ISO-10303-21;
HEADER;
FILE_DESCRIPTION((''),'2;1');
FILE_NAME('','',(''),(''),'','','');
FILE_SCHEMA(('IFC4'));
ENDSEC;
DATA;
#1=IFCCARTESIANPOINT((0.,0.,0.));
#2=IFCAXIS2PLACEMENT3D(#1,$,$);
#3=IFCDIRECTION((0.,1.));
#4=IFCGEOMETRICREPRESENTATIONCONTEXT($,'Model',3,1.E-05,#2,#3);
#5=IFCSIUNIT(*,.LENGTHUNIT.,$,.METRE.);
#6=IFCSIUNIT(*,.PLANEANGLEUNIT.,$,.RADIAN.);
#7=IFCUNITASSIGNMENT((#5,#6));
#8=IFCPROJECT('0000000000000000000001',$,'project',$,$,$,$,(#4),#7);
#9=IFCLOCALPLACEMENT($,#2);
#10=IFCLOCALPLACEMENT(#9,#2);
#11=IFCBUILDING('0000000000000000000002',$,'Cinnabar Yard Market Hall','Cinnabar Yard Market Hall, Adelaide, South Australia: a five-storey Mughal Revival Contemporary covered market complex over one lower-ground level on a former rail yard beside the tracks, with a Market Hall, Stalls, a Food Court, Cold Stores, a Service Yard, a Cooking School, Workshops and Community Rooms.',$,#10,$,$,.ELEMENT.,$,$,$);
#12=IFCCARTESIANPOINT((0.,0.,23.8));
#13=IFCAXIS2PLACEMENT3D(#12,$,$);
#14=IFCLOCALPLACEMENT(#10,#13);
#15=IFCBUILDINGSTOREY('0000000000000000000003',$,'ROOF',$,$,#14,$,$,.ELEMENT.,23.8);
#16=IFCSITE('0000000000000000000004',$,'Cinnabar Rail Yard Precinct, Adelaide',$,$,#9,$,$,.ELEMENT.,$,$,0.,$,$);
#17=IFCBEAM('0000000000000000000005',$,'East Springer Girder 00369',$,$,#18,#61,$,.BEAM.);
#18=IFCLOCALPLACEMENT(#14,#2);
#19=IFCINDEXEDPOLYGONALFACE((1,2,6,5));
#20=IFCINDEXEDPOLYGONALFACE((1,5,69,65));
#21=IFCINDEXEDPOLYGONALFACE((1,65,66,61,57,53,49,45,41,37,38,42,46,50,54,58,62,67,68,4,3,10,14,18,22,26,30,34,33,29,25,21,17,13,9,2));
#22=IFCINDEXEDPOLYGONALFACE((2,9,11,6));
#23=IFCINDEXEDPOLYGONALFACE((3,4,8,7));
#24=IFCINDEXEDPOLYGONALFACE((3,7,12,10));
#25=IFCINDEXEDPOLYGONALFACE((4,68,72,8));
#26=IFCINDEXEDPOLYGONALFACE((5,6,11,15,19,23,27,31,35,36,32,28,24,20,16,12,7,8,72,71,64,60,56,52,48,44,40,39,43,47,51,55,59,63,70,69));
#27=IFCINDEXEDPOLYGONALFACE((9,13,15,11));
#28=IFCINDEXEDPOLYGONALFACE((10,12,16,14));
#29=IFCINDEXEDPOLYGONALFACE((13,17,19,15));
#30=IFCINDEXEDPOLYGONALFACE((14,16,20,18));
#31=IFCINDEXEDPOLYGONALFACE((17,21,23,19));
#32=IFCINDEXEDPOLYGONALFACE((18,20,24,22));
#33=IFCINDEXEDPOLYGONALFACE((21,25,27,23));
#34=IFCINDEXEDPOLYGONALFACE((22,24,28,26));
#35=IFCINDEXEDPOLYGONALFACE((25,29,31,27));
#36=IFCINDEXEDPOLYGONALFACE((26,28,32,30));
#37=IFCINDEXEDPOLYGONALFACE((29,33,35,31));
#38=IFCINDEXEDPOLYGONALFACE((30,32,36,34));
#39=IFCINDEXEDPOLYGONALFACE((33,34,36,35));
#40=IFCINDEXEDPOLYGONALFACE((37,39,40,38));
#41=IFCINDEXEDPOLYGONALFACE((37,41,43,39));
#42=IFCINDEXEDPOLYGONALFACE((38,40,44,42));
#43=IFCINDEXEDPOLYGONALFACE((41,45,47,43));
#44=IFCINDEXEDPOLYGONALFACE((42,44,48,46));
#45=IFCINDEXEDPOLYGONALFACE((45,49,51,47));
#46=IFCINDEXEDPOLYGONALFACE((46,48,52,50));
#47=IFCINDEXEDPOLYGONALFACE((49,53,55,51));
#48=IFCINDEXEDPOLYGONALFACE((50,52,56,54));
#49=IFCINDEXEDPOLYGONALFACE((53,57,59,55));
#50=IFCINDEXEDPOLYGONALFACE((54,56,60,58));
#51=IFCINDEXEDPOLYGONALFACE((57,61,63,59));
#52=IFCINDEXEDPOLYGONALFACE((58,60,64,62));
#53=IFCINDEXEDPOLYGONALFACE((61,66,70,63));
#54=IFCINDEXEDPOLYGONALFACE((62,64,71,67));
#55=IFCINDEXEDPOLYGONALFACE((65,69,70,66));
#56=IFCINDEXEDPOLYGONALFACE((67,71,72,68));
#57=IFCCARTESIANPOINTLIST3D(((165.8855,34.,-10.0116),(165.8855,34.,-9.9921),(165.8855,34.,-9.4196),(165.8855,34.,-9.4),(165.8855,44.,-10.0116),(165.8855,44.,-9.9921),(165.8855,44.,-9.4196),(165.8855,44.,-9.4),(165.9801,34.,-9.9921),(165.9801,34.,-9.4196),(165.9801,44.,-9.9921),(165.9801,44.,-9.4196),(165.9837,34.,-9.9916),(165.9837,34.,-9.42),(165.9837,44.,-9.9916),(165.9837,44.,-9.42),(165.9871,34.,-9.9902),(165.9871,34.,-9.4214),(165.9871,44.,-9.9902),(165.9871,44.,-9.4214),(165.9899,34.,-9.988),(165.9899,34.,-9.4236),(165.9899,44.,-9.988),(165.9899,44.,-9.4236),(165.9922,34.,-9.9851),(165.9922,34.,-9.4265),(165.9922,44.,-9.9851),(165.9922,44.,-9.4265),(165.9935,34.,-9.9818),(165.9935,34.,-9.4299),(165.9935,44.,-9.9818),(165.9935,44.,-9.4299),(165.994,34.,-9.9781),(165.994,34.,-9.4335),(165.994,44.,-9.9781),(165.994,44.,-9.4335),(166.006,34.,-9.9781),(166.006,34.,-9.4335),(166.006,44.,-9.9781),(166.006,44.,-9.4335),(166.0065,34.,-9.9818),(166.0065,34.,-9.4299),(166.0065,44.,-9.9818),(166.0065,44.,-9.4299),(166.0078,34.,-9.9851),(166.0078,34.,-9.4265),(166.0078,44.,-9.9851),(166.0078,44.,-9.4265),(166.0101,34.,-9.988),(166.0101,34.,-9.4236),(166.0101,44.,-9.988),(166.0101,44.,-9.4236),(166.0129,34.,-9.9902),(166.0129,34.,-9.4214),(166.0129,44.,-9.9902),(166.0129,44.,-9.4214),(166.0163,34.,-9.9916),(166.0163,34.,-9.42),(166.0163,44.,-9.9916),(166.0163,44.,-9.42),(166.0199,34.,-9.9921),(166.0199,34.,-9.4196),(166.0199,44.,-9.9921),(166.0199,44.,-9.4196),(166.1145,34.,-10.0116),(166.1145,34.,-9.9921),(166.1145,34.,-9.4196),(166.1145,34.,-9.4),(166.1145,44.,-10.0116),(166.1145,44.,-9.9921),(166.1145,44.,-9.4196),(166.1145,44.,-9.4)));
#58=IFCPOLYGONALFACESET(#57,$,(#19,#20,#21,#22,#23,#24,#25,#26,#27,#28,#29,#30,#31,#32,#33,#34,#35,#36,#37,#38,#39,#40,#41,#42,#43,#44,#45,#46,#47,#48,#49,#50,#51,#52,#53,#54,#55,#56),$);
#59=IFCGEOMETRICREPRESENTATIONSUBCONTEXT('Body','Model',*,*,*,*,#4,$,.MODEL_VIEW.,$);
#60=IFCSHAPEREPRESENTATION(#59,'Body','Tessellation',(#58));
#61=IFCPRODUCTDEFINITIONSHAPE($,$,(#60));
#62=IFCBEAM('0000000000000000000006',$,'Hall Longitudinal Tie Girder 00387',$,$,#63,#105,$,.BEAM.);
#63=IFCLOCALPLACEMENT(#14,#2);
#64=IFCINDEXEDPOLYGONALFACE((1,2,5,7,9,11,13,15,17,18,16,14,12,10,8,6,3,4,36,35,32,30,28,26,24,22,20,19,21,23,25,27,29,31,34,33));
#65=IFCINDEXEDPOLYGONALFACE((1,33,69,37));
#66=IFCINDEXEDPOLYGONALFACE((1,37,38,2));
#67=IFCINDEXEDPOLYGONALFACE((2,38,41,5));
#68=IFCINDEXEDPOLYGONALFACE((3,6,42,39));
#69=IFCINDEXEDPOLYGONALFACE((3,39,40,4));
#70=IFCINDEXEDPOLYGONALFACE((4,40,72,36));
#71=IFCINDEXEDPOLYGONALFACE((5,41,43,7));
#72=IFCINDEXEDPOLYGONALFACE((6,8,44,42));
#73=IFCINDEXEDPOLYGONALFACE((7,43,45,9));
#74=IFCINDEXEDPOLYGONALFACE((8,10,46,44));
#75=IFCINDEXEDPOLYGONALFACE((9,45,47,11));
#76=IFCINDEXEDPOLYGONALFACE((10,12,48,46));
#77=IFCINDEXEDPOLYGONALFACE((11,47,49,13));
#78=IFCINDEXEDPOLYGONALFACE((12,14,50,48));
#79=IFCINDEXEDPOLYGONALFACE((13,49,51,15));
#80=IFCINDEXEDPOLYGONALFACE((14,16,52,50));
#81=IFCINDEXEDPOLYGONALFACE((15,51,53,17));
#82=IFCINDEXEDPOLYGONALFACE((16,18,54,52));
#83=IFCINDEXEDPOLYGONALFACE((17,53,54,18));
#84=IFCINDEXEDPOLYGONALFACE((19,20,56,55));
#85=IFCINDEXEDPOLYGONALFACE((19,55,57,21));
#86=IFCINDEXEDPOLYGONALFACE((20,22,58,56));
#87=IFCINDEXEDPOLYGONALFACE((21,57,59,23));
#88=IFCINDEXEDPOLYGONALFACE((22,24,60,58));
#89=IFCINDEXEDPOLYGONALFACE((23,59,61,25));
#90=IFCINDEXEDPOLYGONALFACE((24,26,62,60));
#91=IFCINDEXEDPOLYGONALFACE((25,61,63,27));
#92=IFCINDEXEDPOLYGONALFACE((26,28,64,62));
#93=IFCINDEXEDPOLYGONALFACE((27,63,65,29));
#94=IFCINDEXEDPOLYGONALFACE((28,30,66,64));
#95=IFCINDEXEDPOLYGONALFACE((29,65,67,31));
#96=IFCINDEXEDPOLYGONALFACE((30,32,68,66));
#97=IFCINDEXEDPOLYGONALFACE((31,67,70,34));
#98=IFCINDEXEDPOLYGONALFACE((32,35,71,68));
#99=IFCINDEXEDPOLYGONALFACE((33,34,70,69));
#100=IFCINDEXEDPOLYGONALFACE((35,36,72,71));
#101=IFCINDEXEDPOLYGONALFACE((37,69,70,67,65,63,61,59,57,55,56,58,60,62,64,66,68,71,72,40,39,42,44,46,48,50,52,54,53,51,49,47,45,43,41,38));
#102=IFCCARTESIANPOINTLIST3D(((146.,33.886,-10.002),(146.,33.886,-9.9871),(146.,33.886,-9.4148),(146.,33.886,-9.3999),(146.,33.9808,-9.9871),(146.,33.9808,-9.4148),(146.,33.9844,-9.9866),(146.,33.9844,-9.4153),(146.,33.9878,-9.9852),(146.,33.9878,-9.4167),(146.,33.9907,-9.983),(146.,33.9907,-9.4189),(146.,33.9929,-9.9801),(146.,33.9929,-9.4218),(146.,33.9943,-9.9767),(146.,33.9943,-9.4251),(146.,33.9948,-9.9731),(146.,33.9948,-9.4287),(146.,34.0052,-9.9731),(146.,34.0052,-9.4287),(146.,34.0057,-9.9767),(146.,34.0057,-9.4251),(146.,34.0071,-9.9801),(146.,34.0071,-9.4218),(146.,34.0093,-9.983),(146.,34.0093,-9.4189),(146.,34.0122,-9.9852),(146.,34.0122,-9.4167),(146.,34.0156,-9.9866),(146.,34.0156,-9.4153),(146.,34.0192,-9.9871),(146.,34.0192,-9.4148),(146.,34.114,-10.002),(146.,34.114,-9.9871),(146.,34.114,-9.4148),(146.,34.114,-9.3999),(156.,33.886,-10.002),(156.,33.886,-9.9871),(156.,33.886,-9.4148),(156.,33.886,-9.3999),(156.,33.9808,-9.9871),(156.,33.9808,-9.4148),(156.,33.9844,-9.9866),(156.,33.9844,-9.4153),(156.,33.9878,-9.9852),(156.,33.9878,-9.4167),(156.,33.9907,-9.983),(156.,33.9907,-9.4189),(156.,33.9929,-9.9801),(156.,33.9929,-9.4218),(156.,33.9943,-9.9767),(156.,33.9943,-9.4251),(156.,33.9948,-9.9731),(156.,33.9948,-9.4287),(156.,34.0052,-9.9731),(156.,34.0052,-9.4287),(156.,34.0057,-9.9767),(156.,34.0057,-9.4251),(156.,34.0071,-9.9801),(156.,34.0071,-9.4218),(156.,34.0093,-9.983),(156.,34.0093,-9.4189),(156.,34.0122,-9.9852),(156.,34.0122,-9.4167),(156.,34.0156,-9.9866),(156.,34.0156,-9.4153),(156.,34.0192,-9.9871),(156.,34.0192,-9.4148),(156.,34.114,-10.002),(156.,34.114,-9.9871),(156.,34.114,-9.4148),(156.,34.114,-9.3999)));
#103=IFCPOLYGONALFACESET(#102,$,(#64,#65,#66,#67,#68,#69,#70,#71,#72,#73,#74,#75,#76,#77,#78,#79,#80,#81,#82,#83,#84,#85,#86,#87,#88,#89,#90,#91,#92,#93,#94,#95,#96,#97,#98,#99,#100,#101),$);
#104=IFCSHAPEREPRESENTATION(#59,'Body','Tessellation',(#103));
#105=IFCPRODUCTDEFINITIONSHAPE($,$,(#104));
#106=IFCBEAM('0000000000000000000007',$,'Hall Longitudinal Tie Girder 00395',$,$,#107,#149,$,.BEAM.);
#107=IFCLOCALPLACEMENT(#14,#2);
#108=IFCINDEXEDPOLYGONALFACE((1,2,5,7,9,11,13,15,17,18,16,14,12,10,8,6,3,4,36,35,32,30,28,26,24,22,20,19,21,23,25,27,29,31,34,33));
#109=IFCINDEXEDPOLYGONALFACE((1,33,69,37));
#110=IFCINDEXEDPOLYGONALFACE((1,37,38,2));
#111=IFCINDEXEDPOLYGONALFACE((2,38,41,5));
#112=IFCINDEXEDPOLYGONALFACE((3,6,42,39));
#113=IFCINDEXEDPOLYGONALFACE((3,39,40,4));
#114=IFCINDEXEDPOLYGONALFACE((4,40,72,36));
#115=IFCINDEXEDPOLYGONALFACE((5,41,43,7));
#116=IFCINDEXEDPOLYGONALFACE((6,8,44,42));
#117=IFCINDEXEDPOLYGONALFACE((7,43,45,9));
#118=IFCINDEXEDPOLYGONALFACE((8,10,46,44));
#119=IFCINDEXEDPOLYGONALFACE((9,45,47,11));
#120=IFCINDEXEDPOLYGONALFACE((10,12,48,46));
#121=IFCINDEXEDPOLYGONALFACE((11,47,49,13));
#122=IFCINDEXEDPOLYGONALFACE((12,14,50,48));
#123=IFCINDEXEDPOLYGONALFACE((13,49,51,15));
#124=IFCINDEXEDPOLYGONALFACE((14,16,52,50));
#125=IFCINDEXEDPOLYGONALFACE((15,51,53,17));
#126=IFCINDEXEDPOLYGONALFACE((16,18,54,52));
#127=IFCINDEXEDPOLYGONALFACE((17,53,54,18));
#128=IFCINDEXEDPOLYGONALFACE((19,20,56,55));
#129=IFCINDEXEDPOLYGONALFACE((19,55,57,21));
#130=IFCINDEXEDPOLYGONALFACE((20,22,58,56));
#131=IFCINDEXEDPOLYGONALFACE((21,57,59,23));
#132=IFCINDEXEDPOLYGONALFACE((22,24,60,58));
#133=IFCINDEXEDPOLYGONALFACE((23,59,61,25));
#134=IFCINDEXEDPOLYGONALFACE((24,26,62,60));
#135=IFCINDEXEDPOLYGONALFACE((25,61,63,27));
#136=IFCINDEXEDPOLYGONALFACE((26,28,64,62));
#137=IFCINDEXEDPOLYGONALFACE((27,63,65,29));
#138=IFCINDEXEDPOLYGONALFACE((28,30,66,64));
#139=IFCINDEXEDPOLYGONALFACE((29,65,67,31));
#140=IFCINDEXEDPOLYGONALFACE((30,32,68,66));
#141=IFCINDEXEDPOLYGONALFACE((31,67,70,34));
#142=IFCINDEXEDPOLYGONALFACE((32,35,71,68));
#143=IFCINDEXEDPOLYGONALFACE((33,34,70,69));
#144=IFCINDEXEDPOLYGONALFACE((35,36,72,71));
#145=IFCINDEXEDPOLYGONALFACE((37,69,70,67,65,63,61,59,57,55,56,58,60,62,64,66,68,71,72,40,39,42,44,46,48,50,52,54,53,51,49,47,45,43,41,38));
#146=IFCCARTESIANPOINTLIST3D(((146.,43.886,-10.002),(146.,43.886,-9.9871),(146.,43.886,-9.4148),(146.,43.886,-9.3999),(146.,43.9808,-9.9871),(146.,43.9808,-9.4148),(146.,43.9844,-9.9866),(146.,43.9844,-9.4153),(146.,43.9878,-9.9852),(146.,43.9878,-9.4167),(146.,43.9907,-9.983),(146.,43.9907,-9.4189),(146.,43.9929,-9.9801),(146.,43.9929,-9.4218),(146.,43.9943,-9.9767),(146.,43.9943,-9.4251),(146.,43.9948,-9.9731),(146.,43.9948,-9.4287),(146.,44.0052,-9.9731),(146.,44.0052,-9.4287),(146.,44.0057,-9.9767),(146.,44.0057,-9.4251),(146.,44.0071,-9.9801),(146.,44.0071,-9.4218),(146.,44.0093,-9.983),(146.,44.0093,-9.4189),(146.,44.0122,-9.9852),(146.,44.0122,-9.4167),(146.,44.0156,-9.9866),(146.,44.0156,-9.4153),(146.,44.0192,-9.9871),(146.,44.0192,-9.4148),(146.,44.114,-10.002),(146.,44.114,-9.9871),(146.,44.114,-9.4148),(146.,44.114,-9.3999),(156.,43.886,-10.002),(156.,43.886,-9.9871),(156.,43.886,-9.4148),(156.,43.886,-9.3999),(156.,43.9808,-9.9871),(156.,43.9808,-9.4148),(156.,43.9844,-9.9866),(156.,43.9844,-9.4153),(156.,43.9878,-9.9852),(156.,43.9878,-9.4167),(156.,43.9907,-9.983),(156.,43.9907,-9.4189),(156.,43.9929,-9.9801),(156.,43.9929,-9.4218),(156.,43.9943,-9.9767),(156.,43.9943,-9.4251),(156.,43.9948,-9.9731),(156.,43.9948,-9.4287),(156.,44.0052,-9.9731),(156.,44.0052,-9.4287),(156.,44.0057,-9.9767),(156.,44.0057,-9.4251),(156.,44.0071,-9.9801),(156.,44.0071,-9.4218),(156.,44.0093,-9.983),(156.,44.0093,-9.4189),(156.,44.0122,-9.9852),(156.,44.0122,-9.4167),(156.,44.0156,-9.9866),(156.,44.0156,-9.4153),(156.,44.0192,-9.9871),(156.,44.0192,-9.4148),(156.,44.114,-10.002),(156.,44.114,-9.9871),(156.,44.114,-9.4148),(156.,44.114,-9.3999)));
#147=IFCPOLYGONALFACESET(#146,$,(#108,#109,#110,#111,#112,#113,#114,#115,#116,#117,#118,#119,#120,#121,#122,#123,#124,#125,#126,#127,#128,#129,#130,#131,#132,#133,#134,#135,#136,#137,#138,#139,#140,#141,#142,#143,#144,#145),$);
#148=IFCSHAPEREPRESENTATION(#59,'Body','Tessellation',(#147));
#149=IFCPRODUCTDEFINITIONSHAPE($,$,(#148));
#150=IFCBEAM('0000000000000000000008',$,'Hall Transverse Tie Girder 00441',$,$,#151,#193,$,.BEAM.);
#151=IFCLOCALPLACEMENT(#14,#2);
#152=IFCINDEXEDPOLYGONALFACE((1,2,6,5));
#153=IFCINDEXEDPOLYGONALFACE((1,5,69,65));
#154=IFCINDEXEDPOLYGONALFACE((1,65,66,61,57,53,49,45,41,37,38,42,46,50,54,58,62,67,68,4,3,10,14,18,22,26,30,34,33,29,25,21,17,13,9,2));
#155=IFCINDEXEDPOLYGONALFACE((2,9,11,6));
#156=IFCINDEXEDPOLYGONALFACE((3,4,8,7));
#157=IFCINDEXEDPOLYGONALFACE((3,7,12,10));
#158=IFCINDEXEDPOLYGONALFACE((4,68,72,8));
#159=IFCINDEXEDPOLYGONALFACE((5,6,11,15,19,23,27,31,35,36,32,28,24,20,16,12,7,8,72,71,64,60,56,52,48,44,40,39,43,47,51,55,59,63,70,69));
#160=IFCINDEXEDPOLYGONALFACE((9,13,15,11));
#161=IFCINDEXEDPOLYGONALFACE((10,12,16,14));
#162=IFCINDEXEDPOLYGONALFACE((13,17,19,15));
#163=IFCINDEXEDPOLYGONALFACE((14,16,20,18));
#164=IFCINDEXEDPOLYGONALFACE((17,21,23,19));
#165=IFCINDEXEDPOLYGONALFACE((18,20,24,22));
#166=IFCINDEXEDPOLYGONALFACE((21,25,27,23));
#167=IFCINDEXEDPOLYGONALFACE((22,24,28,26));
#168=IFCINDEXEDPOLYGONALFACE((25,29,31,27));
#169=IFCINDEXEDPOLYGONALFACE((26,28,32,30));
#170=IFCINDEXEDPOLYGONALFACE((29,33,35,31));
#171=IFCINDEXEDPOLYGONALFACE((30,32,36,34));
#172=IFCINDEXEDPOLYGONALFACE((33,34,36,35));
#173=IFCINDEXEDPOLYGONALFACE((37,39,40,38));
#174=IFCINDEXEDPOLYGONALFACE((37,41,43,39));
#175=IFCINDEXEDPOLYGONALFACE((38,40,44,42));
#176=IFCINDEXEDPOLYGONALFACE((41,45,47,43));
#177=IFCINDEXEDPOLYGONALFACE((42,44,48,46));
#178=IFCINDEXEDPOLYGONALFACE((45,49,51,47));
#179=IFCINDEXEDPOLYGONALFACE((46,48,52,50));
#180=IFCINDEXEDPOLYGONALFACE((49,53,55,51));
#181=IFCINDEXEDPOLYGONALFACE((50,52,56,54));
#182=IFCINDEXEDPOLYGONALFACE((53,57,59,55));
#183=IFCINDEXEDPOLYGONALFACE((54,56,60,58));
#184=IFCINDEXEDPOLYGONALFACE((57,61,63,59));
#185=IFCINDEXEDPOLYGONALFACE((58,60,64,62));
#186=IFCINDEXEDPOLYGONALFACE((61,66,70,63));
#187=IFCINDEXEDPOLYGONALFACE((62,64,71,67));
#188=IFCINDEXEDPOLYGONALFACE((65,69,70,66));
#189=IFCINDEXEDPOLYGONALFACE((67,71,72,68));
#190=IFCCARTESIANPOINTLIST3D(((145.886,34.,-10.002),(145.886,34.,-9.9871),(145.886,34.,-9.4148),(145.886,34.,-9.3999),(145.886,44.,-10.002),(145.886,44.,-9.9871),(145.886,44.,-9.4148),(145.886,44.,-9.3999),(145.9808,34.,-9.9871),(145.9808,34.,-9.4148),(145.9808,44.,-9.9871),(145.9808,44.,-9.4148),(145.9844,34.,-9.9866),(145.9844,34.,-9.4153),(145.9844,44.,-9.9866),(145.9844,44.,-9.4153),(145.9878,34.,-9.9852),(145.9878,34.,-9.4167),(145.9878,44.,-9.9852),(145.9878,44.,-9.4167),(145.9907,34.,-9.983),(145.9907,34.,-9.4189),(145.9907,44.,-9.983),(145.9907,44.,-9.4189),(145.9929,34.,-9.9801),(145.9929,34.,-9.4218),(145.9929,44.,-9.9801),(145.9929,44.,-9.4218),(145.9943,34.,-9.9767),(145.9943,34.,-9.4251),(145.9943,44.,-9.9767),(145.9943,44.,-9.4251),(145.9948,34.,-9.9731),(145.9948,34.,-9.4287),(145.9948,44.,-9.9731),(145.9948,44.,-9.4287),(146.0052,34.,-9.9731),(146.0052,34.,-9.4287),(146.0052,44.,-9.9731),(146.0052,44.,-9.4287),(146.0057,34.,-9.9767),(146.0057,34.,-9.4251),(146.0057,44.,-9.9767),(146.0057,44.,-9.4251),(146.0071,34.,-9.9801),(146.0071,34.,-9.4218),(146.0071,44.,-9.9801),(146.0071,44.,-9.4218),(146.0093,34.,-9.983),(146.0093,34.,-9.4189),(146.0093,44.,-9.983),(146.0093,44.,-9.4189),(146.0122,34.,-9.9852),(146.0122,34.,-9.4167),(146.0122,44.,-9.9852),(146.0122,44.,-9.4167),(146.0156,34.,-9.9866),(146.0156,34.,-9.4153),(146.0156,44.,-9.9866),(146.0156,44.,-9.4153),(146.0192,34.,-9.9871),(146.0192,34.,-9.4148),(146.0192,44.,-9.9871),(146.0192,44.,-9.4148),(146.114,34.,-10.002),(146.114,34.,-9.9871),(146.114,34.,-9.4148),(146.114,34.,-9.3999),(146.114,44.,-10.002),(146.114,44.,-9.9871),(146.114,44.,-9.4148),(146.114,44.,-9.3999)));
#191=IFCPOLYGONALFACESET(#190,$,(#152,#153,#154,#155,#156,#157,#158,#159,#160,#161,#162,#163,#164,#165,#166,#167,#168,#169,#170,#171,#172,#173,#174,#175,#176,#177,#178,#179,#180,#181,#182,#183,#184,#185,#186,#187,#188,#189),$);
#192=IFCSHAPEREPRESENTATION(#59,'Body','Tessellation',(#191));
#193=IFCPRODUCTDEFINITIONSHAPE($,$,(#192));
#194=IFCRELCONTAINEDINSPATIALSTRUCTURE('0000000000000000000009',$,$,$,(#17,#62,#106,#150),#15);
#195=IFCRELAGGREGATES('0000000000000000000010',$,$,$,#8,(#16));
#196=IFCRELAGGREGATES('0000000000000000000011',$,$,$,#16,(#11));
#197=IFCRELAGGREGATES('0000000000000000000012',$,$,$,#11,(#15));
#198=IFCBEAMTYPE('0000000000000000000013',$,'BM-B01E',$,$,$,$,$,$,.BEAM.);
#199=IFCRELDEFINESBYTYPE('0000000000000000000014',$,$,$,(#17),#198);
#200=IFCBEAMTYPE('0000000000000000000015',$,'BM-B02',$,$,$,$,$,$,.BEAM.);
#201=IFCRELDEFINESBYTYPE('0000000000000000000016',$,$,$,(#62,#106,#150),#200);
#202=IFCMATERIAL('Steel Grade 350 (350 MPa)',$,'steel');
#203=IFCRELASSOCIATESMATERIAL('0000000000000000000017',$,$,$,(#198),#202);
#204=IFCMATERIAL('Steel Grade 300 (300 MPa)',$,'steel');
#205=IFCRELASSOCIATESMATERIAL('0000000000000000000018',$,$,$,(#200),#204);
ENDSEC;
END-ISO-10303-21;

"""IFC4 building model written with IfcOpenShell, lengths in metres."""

from ifc_helpers import new_model, si_unit, direction, frame, origin, origin_2d_with_axis, place, context, subcontext, project, spatial, i_section, extrude, material, material_profile, profile_set, type_object, element, save


model = new_model("IFC4")

# Units and contexts
model_context = context("Model", 3, precision=1e-05, world=origin(), true_north=direction((0.0, 1.0)))
body_context = subcontext(model_context, "Body", "Model", "MODEL_VIEW")
ifc_project = project(units=[si_unit("LENGTHUNIT", "METRE"), si_unit("PLANEANGLEUNIT", "RADIAN")], contexts=[model_context])

# Site, building, storey
site_placement = place(None, origin())
site = spatial("IfcSite", under=ifc_project, at=site_placement, Name="Cinnabar Rail Yard Precinct, Adelaide", CompositionType="ELEMENT", RefElevation=0.0)
building_placement = place(site_placement, origin())
building = spatial("IfcBuilding", under=site, at=building_placement, Name="Cinnabar Yard Market Hall", Description="Cinnabar Yard Market Hall, Adelaide, South Australia: a five-storey Mughal Revival Contemporary covered market complex over one lower-ground level on a former rail yard beside the tracks, with a Market Hall, Stalls, a Food Court, Cold Stores, a Service Yard, a Cooking School, Workshops and Community Rooms.", CompositionType="ELEMENT")
storey_placement = place(building_placement, frame((0.0, 0.0, 23.8)))
storey = spatial("IfcBuildingStorey", under=building, at=storey_placement, Name="ROOF", CompositionType="ELEMENT", Elevation=23.8)

# Beams
ifc_material_1 = material(Name="Steel Grade 350 (350 MPa)", Category="steel")
ifc_material_profile_1 = material_profile(ifc_material_1, i_section(OverallWidth=0.229, OverallDepth=0.6116, WebThickness=0.012, FlangeThickness=0.0195, FilletRadius=0.0139, at=origin_2d_with_axis()), Name="610UB125")
ifc_profile_set_1 = profile_set([ifc_material_profile_1], Name="Steel Grade 350 (350 MPa)")
beam_type_1 = type_object("IfcBeamType", Name="BM-B01E", PredefinedType="BEAM", material=ifc_profile_set_1)
beam_1_placement = place(storey_placement, frame((166.0, 34.0, -9.7058), z_axis=(0.0, 1.0, 0.0), x_axis=(-1.0, 0.0, 0.0)))
element("IfcBeam", 1, at=beam_1_placement, inside=storey, type_object=beam_type_1, Name="East Springer Girder 00369", PredefinedType="BEAM", context=body_context, shape_type="SweptSolid", body=[
    extrude(i_section(OverallWidth=0.229, OverallDepth=0.6116, WebThickness=0.012, FlangeThickness=0.0195, FilletRadius=0.0139, at=origin_2d_with_axis()), origin(), (0.0, 0.0, 1.0), 10.0),
])
ifc_material_2 = material(Name="Steel Grade 300 (300 MPa)", Category="steel")
ifc_material_profile_2 = material_profile(ifc_material_2, i_section(OverallWidth=0.228, OverallDepth=0.6021, WebThickness=0.0105, FlangeThickness=0.0149, FilletRadius=0.0139, at=origin_2d_with_axis()), Name="610UB101")
ifc_profile_set_2 = profile_set([ifc_material_profile_2], Name="Steel Grade 300 (300 MPa)")
beam_type_2 = type_object("IfcBeamType", Name="BM-B02", PredefinedType="BEAM", material=ifc_profile_set_2)
for number, where, z_axis, x_axis, name in (
    (2, (146.0, 34.0, -9.7009), (1.0, 0.0, 0.0), (0.0, 1.0, 0.0), "Hall Longitudinal Tie Girder 00387"),
    (3, (146.0, 44.0, -9.7009), (1.0, 0.0, 0.0), (0.0, 1.0, 0.0), "Hall Longitudinal Tie Girder 00395"),
    (4, (146.0, 34.0, -9.7009), (0.0, 1.0, 0.0), (-1.0, 0.0, 0.0), "Hall Transverse Tie Girder 00441"),
):
    element("IfcBeam", number, at=place(storey_placement, frame(where, z_axis=z_axis, x_axis=x_axis)), inside=storey, type_object=beam_type_2, Name=name, PredefinedType="BEAM", context=body_context, shape_type="SweptSolid", body=[
        extrude(i_section(OverallWidth=0.228, OverallDepth=0.6021, WebThickness=0.0105, FlangeThickness=0.0149, FilletRadius=0.0139, at=origin_2d_with_axis()), origin(), (0.0, 0.0, 1.0), 10.0),
    ])

save(model, "model.ifc")
